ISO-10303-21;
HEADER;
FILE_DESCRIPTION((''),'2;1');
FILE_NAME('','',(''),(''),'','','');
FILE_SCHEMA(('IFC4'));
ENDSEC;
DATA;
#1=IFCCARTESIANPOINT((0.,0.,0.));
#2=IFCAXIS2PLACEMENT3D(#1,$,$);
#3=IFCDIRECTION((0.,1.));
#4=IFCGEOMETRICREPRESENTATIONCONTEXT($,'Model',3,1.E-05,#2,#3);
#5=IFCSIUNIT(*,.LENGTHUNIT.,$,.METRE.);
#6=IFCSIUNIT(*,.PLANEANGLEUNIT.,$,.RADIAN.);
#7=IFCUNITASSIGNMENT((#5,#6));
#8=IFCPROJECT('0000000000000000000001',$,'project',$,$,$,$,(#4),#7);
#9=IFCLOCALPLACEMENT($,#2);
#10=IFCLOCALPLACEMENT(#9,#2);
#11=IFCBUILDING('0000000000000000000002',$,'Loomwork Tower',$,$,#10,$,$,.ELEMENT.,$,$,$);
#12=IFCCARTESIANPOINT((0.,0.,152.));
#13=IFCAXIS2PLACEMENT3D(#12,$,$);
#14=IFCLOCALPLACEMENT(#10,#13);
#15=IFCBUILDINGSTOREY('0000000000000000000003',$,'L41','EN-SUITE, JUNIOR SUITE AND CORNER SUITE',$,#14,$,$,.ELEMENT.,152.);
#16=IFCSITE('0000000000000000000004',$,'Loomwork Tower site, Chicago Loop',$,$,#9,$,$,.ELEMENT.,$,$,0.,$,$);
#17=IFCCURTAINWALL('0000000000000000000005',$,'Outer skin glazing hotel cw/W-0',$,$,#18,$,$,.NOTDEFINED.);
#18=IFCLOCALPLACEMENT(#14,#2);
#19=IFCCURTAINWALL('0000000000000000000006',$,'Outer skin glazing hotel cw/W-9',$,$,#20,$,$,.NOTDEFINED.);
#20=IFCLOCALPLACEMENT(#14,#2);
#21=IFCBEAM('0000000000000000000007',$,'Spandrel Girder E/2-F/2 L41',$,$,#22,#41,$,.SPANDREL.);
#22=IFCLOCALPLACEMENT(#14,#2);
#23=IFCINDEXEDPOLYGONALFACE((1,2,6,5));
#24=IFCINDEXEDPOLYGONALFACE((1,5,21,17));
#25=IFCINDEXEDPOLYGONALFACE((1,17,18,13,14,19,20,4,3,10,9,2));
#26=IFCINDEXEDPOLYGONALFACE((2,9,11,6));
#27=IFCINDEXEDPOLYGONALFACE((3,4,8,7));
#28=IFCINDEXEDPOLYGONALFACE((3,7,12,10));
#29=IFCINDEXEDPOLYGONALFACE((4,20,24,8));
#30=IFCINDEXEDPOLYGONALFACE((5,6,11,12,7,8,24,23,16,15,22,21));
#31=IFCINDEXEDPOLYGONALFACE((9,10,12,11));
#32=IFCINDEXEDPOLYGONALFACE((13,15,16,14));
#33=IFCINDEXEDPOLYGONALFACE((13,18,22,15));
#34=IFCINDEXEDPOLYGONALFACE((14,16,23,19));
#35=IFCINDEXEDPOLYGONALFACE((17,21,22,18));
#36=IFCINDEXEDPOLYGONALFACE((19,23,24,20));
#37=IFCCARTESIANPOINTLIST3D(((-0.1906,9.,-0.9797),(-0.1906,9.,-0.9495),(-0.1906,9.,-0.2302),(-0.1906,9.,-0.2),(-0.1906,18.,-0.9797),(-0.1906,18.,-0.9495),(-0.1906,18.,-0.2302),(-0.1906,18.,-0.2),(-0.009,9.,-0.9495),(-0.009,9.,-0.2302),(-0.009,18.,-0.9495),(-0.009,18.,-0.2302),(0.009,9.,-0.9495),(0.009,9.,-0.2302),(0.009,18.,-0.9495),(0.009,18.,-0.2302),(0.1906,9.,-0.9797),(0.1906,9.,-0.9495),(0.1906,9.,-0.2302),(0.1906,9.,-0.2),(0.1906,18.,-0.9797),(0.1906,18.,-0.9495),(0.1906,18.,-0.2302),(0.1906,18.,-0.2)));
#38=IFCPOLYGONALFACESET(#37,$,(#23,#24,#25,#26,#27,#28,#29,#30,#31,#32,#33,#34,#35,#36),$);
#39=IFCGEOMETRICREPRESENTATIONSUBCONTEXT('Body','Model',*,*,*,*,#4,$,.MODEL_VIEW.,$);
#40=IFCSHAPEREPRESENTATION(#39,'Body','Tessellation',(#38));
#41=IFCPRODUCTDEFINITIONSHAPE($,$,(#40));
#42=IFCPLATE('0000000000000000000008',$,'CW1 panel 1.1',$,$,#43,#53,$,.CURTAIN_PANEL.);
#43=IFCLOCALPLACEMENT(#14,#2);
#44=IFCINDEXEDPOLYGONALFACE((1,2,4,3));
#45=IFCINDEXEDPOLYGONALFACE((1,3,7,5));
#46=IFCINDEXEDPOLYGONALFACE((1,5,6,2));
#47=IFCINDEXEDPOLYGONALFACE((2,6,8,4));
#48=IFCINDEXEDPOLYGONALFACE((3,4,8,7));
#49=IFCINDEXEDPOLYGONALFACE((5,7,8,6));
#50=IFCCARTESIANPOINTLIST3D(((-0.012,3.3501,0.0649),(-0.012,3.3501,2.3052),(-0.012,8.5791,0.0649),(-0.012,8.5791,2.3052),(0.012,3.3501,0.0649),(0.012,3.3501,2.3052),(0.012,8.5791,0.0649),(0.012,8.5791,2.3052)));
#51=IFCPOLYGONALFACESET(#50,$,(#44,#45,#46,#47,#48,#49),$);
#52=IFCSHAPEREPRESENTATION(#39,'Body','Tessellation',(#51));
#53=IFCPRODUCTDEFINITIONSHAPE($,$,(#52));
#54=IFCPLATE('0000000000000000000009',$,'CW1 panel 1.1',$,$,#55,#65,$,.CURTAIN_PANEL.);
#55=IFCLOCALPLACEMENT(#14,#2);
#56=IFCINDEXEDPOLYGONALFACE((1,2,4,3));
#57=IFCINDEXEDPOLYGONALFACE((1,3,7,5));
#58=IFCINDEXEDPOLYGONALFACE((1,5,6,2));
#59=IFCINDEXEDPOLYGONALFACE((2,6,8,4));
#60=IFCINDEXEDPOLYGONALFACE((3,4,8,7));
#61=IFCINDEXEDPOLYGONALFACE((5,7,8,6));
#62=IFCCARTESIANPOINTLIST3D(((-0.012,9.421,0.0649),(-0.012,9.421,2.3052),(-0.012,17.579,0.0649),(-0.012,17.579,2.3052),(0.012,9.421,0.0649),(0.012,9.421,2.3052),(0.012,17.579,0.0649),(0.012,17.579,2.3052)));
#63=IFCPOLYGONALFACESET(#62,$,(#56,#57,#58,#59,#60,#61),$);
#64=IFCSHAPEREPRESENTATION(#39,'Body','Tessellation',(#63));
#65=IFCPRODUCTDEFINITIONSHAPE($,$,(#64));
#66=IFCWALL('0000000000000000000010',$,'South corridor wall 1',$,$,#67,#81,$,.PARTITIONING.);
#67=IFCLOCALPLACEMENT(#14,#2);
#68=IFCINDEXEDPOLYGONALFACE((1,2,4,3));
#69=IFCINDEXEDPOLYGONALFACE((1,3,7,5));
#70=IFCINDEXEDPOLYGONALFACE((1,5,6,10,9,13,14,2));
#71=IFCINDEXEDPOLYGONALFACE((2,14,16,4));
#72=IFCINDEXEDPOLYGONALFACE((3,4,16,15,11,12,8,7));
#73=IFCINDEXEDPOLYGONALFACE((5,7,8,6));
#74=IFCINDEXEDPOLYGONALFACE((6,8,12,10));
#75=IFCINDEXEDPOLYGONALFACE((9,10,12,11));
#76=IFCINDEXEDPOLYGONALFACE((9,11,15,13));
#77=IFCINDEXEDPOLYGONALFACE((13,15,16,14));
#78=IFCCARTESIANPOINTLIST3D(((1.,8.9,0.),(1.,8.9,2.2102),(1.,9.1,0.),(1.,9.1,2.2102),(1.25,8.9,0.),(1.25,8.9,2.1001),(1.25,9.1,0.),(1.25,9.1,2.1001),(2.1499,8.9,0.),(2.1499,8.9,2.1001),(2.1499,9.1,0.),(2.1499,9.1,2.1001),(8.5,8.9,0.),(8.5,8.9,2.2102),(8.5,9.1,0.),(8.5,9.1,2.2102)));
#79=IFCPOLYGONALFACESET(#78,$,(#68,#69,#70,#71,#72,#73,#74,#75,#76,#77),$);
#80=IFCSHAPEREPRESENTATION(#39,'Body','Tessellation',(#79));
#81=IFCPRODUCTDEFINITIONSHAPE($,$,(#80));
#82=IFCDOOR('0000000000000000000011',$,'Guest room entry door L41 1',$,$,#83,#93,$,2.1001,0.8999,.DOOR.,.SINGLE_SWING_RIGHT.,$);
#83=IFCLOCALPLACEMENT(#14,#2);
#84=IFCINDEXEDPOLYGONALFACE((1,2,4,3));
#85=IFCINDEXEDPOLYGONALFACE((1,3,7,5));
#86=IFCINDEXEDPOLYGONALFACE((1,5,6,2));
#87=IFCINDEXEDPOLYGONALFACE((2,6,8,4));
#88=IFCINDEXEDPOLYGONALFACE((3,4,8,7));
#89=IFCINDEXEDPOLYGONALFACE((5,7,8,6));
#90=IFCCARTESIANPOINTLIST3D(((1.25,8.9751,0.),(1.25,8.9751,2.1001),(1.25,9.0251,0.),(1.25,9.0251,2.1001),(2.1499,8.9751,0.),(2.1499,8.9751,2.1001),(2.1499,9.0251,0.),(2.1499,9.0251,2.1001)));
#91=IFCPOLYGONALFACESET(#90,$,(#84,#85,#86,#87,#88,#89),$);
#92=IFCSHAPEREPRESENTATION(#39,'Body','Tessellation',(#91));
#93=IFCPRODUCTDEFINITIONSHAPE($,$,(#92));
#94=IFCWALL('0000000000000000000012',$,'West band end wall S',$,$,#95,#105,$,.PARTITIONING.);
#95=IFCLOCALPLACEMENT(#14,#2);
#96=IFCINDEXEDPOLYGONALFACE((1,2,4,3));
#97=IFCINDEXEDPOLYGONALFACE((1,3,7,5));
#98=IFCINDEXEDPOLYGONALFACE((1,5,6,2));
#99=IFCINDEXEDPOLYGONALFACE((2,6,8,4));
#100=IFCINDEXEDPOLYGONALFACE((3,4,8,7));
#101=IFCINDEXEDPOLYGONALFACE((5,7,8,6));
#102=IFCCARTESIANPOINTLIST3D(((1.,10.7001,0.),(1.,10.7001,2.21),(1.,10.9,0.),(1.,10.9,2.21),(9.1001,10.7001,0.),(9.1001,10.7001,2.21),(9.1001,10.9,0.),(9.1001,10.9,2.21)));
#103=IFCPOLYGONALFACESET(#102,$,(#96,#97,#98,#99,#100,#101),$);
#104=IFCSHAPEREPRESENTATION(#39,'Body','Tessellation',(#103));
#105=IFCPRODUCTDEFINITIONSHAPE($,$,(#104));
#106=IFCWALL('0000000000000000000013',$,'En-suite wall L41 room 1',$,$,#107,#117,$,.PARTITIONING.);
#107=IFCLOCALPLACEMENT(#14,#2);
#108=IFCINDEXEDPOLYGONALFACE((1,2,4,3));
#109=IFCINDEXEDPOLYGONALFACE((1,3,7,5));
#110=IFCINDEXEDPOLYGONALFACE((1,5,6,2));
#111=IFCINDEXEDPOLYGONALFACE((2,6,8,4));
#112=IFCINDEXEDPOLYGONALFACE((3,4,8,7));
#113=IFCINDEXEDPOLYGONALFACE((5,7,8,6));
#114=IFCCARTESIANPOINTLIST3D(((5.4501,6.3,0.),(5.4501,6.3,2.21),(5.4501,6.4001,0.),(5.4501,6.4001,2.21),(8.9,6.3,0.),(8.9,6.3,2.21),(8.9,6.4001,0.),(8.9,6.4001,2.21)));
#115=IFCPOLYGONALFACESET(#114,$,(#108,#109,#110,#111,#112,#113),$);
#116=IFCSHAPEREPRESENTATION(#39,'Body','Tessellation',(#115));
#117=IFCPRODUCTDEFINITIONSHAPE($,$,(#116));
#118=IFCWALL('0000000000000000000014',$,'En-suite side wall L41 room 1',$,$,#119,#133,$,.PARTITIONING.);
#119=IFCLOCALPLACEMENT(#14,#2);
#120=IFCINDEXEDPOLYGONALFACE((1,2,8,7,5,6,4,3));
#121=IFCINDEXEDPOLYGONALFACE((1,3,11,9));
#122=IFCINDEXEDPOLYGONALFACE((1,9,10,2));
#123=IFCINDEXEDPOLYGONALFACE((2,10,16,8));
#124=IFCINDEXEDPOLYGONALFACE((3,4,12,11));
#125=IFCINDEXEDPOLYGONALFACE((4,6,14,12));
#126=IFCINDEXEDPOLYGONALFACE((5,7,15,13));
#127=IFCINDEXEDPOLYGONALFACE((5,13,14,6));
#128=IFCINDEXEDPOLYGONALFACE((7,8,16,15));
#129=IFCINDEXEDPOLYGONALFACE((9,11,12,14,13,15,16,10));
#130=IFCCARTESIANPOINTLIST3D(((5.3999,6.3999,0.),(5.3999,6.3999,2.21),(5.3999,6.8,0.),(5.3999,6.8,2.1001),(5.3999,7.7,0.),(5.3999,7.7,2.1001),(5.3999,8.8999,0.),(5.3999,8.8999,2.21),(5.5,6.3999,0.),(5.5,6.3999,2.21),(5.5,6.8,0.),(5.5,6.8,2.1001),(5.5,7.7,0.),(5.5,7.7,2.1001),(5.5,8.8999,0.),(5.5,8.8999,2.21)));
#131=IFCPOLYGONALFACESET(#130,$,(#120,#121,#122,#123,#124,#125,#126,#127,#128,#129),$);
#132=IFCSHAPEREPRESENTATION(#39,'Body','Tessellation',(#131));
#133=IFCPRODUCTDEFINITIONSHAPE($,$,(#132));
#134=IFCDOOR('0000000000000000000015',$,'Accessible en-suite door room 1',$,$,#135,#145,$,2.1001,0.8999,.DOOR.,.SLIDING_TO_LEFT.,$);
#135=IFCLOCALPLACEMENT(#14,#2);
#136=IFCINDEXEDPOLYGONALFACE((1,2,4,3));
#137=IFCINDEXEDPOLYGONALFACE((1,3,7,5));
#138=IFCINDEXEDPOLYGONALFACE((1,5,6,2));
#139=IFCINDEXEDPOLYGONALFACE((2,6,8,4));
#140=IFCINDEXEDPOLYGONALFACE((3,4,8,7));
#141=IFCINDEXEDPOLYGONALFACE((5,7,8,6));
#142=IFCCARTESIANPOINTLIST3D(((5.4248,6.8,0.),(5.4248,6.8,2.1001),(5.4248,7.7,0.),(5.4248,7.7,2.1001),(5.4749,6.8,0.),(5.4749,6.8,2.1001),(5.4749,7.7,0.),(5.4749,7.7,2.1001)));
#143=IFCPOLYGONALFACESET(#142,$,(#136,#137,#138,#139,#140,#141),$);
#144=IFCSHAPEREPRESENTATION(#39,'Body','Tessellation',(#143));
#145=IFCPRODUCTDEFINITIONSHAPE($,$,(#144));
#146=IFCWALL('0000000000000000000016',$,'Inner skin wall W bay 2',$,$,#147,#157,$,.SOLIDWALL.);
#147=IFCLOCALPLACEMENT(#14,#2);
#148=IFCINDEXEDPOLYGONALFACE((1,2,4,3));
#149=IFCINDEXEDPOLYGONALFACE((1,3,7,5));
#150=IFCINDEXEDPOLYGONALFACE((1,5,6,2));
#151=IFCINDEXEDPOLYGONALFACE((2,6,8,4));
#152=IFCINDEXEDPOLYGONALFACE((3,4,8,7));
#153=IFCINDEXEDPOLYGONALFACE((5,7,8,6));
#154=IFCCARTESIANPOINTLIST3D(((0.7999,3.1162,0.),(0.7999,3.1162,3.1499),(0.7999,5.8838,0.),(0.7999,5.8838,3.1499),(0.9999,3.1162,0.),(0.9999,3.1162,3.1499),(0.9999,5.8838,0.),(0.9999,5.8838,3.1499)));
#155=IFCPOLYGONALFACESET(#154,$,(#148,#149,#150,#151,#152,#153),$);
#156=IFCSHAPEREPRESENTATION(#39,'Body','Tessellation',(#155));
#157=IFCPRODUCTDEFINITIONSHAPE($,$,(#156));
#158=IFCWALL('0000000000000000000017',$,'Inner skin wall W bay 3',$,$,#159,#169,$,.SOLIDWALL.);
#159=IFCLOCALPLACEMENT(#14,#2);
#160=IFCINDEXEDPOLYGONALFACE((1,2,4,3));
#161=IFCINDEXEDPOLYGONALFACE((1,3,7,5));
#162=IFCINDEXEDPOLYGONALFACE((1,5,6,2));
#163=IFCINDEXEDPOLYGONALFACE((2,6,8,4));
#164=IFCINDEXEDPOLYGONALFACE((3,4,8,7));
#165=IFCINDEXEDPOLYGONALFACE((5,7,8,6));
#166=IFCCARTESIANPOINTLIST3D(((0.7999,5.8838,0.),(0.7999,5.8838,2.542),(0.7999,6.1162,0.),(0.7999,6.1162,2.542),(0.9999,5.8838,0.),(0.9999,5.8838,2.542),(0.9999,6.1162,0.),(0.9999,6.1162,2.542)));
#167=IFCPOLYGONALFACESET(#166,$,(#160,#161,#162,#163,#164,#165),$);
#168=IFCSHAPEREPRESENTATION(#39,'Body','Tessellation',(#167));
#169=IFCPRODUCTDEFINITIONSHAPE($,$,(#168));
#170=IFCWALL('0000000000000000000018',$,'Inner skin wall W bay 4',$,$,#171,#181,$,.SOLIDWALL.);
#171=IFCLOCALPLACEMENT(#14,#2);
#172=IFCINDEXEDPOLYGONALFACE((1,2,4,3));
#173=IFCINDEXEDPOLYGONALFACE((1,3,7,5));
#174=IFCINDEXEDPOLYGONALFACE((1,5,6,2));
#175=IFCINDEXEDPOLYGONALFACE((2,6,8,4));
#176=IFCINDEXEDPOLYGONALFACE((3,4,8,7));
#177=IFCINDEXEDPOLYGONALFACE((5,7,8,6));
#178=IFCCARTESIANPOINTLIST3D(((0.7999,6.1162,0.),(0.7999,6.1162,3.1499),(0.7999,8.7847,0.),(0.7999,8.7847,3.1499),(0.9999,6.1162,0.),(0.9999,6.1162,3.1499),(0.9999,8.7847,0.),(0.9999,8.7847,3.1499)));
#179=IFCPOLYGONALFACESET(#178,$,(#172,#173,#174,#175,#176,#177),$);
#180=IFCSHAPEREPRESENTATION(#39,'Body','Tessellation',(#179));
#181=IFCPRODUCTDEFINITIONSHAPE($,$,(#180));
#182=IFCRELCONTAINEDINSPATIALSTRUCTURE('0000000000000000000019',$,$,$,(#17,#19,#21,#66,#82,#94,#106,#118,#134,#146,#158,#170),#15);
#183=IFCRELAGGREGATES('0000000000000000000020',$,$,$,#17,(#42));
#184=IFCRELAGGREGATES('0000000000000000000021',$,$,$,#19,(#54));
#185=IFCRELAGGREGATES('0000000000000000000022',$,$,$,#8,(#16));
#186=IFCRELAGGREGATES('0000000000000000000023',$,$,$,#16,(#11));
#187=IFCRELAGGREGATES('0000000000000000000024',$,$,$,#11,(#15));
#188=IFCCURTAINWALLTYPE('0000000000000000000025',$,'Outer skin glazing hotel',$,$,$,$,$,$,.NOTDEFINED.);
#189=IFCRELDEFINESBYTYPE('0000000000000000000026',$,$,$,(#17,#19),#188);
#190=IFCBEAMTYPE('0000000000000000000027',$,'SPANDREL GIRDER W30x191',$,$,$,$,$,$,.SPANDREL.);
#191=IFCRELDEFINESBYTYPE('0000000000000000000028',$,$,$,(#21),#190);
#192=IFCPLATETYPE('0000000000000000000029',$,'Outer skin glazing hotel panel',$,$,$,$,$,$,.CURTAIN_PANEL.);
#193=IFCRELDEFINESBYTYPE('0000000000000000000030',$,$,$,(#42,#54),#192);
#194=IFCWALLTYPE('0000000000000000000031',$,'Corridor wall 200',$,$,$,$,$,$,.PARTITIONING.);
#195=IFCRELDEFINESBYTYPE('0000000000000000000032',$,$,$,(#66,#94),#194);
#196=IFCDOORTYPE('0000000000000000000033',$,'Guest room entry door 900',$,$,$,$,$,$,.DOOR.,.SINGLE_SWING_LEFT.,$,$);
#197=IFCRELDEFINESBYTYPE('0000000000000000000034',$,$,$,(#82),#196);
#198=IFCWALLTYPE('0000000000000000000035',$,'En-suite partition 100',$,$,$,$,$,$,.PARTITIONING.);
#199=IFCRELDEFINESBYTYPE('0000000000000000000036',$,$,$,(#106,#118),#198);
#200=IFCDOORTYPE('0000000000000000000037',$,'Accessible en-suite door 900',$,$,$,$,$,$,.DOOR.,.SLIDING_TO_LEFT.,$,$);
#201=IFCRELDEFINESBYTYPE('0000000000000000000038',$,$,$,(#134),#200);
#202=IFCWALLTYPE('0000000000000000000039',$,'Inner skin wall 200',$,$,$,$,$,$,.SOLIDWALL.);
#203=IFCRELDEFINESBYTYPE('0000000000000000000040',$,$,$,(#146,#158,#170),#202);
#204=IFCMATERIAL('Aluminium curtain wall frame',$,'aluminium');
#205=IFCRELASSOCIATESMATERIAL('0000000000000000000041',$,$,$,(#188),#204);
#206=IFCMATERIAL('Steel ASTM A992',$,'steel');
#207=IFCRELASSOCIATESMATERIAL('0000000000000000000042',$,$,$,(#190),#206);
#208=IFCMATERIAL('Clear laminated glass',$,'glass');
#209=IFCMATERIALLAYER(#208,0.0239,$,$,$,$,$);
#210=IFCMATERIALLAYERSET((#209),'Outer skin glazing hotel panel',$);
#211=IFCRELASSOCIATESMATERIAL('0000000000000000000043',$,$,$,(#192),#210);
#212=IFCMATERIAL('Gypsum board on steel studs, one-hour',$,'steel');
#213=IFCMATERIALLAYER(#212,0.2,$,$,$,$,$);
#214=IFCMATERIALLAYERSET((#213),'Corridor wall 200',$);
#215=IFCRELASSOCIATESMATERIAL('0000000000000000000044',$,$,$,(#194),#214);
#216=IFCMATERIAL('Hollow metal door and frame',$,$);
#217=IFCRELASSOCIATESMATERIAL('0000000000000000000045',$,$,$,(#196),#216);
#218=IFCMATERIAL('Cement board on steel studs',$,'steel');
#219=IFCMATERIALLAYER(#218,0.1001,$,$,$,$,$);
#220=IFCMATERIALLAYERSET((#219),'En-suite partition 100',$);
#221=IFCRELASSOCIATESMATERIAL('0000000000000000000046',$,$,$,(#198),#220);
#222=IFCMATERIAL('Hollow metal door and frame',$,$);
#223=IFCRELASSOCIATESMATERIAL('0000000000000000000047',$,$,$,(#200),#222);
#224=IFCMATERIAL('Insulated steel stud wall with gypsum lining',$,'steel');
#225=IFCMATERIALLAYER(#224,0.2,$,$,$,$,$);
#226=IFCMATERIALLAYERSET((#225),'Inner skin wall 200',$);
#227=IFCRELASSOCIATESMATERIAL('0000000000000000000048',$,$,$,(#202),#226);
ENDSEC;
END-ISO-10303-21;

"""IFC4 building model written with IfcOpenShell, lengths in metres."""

from ifc_helpers import new_model, si_unit, direction, frame, frame_2d, origin, origin_2d, place, context, subcontext, project, spatial, rectangle, i_section, extrude, material, layer, layer_set, material_profile, profile_set, type_object, element, fill, aggregate, save


model = new_model("IFC4")

# Units and contexts
model_context = context("Model", 3, precision=1e-05, world=origin(), true_north=direction((0.0, 1.0)))
body_context = subcontext(model_context, "Body", "Model", "MODEL_VIEW")
ifc_project = project(units=[si_unit("LENGTHUNIT", "METRE"), si_unit("PLANEANGLEUNIT", "RADIAN")], contexts=[model_context])

# Site, building, storey
site_placement = place(None, origin())
site = spatial("IfcSite", under=ifc_project, at=site_placement, Name="Loomwork Tower site, Chicago Loop", CompositionType="ELEMENT", RefElevation=0.0)
building_placement = place(site_placement, origin())
building = spatial("IfcBuilding", under=site, at=building_placement, Name="Loomwork Tower", CompositionType="ELEMENT")
storey_placement = place(building_placement, frame((0.0, 0.0, 152.0)))
storey = spatial("IfcBuildingStorey", under=building, at=storey_placement, Name="L41", Description="EN-SUITE, JUNIOR SUITE AND CORNER SUITE", CompositionType="ELEMENT", Elevation=152.0)

# Curtain wall
ifc_material_1 = material(Name="Aluminium curtain wall frame", Category="aluminium")
curtain_wall_type = type_object("IfcCurtainWallType", Name="Outer skin glazing hotel", PredefinedType="NOTDEFINED", material=ifc_material_1)
curtain_wall_1_placement = place(storey_placement, origin())
curtain_wall_1 = element("IfcCurtainWall", 1, at=curtain_wall_1_placement, inside=storey, type_object=curtain_wall_type, Name="Outer skin glazing hotel cw/W-0", PredefinedType="NOTDEFINED")

# Curtain wall
curtain_wall_2_placement = place(storey_placement, origin())
curtain_wall_2 = element("IfcCurtainWall", 2, at=curtain_wall_2_placement, inside=storey, type_object=curtain_wall_type, Name="Outer skin glazing hotel cw/W-9", PredefinedType="NOTDEFINED")

# Beam
ifc_material_2 = material(Name="Steel ASTM A992", Category="steel")
ifc_material_profile_1 = material_profile(ifc_material_2, i_section(OverallWidth=0.3811, OverallDepth=0.7798, WebThickness=0.0181, FlangeThickness=0.0303, at=origin_2d()), Name="W30x191")
ifc_profile_set_1 = profile_set([ifc_material_profile_1], Name="Steel ASTM A992")
beam_type_1 = type_object("IfcBeamType", Name="SPANDREL GIRDER W30x191", PredefinedType="SPANDREL", material=ifc_profile_set_1)
beam_1_placement = place(storey_placement, frame((0.0, 9.0, -0.5898), z_axis=(0.0, 1.0, 0.0), x_axis=(-1.0, 0.0, 0.0)))
element("IfcBeam", 3, at=beam_1_placement, inside=storey, type_object=beam_type_1, Name="Spandrel Girder E/2-F/2 L41", PredefinedType="SPANDREL", context=body_context, shape_type="SweptSolid", body=[
    extrude(i_section(OverallWidth=0.3811, OverallDepth=0.7798, WebThickness=0.0181, FlangeThickness=0.0303, at=origin_2d()), origin(), (0.0, 0.0, 1.0), 9.0),
])

# Plates
ifc_material_3 = material(Name="Clear laminated glass", Category="glass")
ifc_layer_1 = layer(ifc_material_3, 0.0239)
ifc_layer_set_1 = layer_set([ifc_layer_1], Name="Outer skin glazing hotel panel")
plate_type = type_object("IfcPlateType", Name="Outer skin glazing hotel panel", PredefinedType="CURTAIN_PANEL", material=ifc_layer_set_1)
plate_1_placement = place(storey_placement, frame((0.0, 5.9646, 0.0649), z_axis=(0.0, 0.0, 1.0), x_axis=(0.0, -1.0, 0.0)))
plate_1 = element("IfcPlate", 4, at=plate_1_placement, type_object=plate_type, Name="CW1 panel 1.1", PredefinedType="CURTAIN_PANEL", context=body_context, shape_type="SweptSolid", body=[
    extrude(rectangle(XDim=5.229, YDim=0.0239, at=origin_2d()), origin(), (0.0, 0.0, 1.0), 2.2402),
])
aggregate(curtain_wall_1, [plate_1])
plate_2_placement = place(storey_placement, frame((0.0, 13.5, 0.0649), z_axis=(0.0, 0.0, 1.0), x_axis=(0.0, -1.0, 0.0)))
plate_2 = element("IfcPlate", 5, at=plate_2_placement, type_object=plate_type, Name="CW1 panel 1.1", PredefinedType="CURTAIN_PANEL", context=body_context, shape_type="SweptSolid", body=[
    extrude(rectangle(XDim=8.158, YDim=0.0239, at=origin_2d()), origin(), (0.0, 0.0, 1.0), 2.2402),
])
aggregate(curtain_wall_2, [plate_2])

# Wall, opening, door
ifc_material_4 = material(Name="Gypsum board on steel studs, one-hour", Category="steel")
ifc_layer_2 = layer(ifc_material_4, 0.2)
ifc_layer_set_2 = layer_set([ifc_layer_2], Name="Corridor wall 200")
wall_type_1 = type_object("IfcWallType", Name="Corridor wall 200", PredefinedType="PARTITIONING", material=ifc_layer_set_2)
wall_1_placement = place(storey_placement, frame((1.0, 9.0, 0.0), z_axis=(0.0, 0.0, 1.0), x_axis=(1.0, 0.0, 0.0)))
wall_1 = element("IfcWall", 6, at=wall_1_placement, inside=storey, type_object=wall_type_1, Name="South corridor wall 1", PredefinedType="PARTITIONING", context=body_context, shape_type="SweptSolid", body=[
    extrude(rectangle(XDim=7.5, YDim=0.2, at=frame_2d((3.75, 0.0))), origin(), (0.0, 0.0, 1.0), 2.2102),
])
opening_1_placement = place(wall_1_placement, frame((0.25, 0.0, 0.0)))
opening_1 = element("IfcOpeningElement", 7, at=opening_1_placement, cuts=wall_1, PredefinedType="OPENING", context=body_context, shape_type="SweptSolid", body=[
    extrude(rectangle(XDim=0.8999, YDim=2.1001, at=frame_2d((0.45, 1.05))), frame((0.0, 0.1099, 0.0), z_axis=(0.0, -1.0, 0.0), x_axis=(1.0, 0.0, 0.0)), (0.0, 0.0, 1.0), 0.22),
])
ifc_material_5 = material(Name="Hollow metal door and frame")
door_type_1 = type_object("IfcDoorType", Name="Guest room entry door 900", OperationType="SINGLE_SWING_LEFT", PredefinedType="DOOR", material=ifc_material_5)
door_1_placement = place(opening_1_placement, frame((0.8999, 0.0, 0.0), z_axis=(0.0, 0.0, 1.0), x_axis=(-1.0, 0.0, 0.0)))
door_1 = element("IfcDoor", 8, at=door_1_placement, inside=storey, type_object=door_type_1, Name="Guest room entry door L41 1", OperationType="SINGLE_SWING_RIGHT", OverallHeight=2.1001, OverallWidth=0.8999, PredefinedType="DOOR", context=body_context, shape_type="SweptSolid", body=[
    extrude(rectangle(XDim=0.8999, YDim=2.1001, at=frame_2d((0.45, 1.05))), frame((0.0, 0.0249, 0.0), z_axis=(0.0, -1.0, 0.0), x_axis=(1.0, 0.0, 0.0)), (0.0, 0.0, 1.0), 0.05),
])
fill(opening_1, door_1)

# Walls
wall_2_placement = place(storey_placement, frame((1.0, 10.8, 0.0), z_axis=(0.0, 0.0, 1.0), x_axis=(1.0, 0.0, 0.0)))
element("IfcWall", 9, at=wall_2_placement, inside=storey, type_object=wall_type_1, Name="West band end wall S", PredefinedType="PARTITIONING", context=body_context, shape_type="SweptSolid", body=[
    extrude(rectangle(XDim=8.1001, YDim=0.2, at=frame_2d((4.05, 0.0))), origin(), (0.0, 0.0, 1.0), 2.21),
])
ifc_material_6 = material(Name="Cement board on steel studs", Category="steel")
ifc_layer_3 = layer(ifc_material_6, 0.1001)
ifc_layer_set_3 = layer_set([ifc_layer_3], Name="En-suite partition 100")
wall_type_2 = type_object("IfcWallType", Name="En-suite partition 100", PredefinedType="PARTITIONING", material=ifc_layer_set_3)
wall_3_placement = place(storey_placement, frame((5.45, 6.3501, 0.0), z_axis=(0.0, 0.0, 1.0), x_axis=(1.0, 0.0, 0.0)))
element("IfcWall", 10, at=wall_3_placement, inside=storey, type_object=wall_type_2, Name="En-suite wall L41 room 1", PredefinedType="PARTITIONING", context=body_context, shape_type="SweptSolid", body=[
    extrude(rectangle(XDim=3.45, YDim=0.1001, at=frame_2d((1.7251, 0.0))), origin(), (0.0, 0.0, 1.0), 2.21),
])

# Wall, opening, door
wall_4_placement = place(storey_placement, frame((5.45, 8.8999, 0.0), z_axis=(0.0, 0.0, 1.0), x_axis=(0.0, -1.0, 0.0)))
wall_4 = element("IfcWall", 11, at=wall_4_placement, inside=storey, type_object=wall_type_2, Name="En-suite side wall L41 room 1", PredefinedType="PARTITIONING", context=body_context, shape_type="SweptSolid", body=[
    extrude(rectangle(XDim=2.5, YDim=0.1001, at=frame_2d((1.25, 0.0))), origin(), (0.0, 0.0, 1.0), 2.21),
])
opening_2_placement = place(wall_4_placement, frame((1.2, 0.0, 0.0)))
opening_2 = element("IfcOpeningElement", 12, at=opening_2_placement, cuts=wall_4, PredefinedType="OPENING", context=body_context, shape_type="SweptSolid", body=[
    extrude(rectangle(XDim=0.8999, YDim=2.1001, at=frame_2d((0.45, 1.05))), frame((0.0, 0.0601, 0.0), z_axis=(0.0, -1.0, 0.0), x_axis=(1.0, 0.0, 0.0)), (0.0, 0.0, 1.0), 0.1201),
])
ifc_material_7 = material(Name="Hollow metal door and frame")
door_type_2 = type_object("IfcDoorType", Name="Accessible en-suite door 900", OperationType="SLIDING_TO_LEFT", PredefinedType="DOOR", material=ifc_material_7)
door_2_placement = place(opening_2_placement, origin())
door_2 = element("IfcDoor", 13, at=door_2_placement, inside=storey, type_object=door_type_2, Name="Accessible en-suite door room 1", OperationType="SLIDING_TO_LEFT", OverallHeight=2.1001, OverallWidth=0.8999, PredefinedType="DOOR", context=body_context, shape_type="SweptSolid", body=[
    extrude(rectangle(XDim=0.8999, YDim=2.1001, at=frame_2d((0.45, 1.05))), frame((0.0, 0.0249, 0.0), z_axis=(0.0, -1.0, 0.0), x_axis=(1.0, 0.0, 0.0)), (0.0, 0.0, 1.0), 0.05),
])
fill(opening_2, door_2)

# Walls
ifc_material_8 = material(Name="Insulated steel stud wall with gypsum lining", Category="steel")
ifc_layer_4 = layer(ifc_material_8, 0.2)
ifc_layer_set_4 = layer_set([ifc_layer_4], Name="Inner skin wall 200")
wall_type_3 = type_object("IfcWallType", Name="Inner skin wall 200", PredefinedType="SOLIDWALL", material=ifc_layer_set_4)
wall_5_placement = place(storey_placement, frame((0.8999, 3.1162, 0.0), z_axis=(0.0, 0.0, 1.0), x_axis=(0.0, 1.0, 0.0)))
element("IfcWall", 14, at=wall_5_placement, inside=storey, type_object=wall_type_3, Name="Inner skin wall W bay 2", PredefinedType="SOLIDWALL", context=body_context, shape_type="SweptSolid", body=[
    extrude(rectangle(XDim=2.7676, YDim=0.2, at=frame_2d((1.3838, 0.0))), origin(), (0.0, 0.0, 1.0), 3.1499),
])
wall_6_placement = place(storey_placement, frame((0.8999, 5.8838, 0.0), z_axis=(0.0, 0.0, 1.0), x_axis=(0.0, 1.0, 0.0)))
element("IfcWall", 15, at=wall_6_placement, inside=storey, type_object=wall_type_3, Name="Inner skin wall W bay 3", PredefinedType="SOLIDWALL", context=body_context, shape_type="SweptSolid", body=[
    extrude(rectangle(XDim=0.2324, YDim=0.2, at=frame_2d((0.1162, 0.0))), origin(), (0.0, 0.0, 1.0), 2.542),
])
wall_7_placement = place(storey_placement, frame((0.8999, 6.1162, 0.0), z_axis=(0.0, 0.0, 1.0), x_axis=(0.0, 1.0, 0.0)))
element("IfcWall", 16, at=wall_7_placement, inside=storey, type_object=wall_type_3, Name="Inner skin wall W bay 4", PredefinedType="SOLIDWALL", context=body_context, shape_type="SweptSolid", body=[
    extrude(rectangle(XDim=2.6685, YDim=0.2, at=frame_2d((1.3342, 0.0))), origin(), (0.0, 0.0, 1.0), 3.1499),
])

save(model, "model.ifc")
